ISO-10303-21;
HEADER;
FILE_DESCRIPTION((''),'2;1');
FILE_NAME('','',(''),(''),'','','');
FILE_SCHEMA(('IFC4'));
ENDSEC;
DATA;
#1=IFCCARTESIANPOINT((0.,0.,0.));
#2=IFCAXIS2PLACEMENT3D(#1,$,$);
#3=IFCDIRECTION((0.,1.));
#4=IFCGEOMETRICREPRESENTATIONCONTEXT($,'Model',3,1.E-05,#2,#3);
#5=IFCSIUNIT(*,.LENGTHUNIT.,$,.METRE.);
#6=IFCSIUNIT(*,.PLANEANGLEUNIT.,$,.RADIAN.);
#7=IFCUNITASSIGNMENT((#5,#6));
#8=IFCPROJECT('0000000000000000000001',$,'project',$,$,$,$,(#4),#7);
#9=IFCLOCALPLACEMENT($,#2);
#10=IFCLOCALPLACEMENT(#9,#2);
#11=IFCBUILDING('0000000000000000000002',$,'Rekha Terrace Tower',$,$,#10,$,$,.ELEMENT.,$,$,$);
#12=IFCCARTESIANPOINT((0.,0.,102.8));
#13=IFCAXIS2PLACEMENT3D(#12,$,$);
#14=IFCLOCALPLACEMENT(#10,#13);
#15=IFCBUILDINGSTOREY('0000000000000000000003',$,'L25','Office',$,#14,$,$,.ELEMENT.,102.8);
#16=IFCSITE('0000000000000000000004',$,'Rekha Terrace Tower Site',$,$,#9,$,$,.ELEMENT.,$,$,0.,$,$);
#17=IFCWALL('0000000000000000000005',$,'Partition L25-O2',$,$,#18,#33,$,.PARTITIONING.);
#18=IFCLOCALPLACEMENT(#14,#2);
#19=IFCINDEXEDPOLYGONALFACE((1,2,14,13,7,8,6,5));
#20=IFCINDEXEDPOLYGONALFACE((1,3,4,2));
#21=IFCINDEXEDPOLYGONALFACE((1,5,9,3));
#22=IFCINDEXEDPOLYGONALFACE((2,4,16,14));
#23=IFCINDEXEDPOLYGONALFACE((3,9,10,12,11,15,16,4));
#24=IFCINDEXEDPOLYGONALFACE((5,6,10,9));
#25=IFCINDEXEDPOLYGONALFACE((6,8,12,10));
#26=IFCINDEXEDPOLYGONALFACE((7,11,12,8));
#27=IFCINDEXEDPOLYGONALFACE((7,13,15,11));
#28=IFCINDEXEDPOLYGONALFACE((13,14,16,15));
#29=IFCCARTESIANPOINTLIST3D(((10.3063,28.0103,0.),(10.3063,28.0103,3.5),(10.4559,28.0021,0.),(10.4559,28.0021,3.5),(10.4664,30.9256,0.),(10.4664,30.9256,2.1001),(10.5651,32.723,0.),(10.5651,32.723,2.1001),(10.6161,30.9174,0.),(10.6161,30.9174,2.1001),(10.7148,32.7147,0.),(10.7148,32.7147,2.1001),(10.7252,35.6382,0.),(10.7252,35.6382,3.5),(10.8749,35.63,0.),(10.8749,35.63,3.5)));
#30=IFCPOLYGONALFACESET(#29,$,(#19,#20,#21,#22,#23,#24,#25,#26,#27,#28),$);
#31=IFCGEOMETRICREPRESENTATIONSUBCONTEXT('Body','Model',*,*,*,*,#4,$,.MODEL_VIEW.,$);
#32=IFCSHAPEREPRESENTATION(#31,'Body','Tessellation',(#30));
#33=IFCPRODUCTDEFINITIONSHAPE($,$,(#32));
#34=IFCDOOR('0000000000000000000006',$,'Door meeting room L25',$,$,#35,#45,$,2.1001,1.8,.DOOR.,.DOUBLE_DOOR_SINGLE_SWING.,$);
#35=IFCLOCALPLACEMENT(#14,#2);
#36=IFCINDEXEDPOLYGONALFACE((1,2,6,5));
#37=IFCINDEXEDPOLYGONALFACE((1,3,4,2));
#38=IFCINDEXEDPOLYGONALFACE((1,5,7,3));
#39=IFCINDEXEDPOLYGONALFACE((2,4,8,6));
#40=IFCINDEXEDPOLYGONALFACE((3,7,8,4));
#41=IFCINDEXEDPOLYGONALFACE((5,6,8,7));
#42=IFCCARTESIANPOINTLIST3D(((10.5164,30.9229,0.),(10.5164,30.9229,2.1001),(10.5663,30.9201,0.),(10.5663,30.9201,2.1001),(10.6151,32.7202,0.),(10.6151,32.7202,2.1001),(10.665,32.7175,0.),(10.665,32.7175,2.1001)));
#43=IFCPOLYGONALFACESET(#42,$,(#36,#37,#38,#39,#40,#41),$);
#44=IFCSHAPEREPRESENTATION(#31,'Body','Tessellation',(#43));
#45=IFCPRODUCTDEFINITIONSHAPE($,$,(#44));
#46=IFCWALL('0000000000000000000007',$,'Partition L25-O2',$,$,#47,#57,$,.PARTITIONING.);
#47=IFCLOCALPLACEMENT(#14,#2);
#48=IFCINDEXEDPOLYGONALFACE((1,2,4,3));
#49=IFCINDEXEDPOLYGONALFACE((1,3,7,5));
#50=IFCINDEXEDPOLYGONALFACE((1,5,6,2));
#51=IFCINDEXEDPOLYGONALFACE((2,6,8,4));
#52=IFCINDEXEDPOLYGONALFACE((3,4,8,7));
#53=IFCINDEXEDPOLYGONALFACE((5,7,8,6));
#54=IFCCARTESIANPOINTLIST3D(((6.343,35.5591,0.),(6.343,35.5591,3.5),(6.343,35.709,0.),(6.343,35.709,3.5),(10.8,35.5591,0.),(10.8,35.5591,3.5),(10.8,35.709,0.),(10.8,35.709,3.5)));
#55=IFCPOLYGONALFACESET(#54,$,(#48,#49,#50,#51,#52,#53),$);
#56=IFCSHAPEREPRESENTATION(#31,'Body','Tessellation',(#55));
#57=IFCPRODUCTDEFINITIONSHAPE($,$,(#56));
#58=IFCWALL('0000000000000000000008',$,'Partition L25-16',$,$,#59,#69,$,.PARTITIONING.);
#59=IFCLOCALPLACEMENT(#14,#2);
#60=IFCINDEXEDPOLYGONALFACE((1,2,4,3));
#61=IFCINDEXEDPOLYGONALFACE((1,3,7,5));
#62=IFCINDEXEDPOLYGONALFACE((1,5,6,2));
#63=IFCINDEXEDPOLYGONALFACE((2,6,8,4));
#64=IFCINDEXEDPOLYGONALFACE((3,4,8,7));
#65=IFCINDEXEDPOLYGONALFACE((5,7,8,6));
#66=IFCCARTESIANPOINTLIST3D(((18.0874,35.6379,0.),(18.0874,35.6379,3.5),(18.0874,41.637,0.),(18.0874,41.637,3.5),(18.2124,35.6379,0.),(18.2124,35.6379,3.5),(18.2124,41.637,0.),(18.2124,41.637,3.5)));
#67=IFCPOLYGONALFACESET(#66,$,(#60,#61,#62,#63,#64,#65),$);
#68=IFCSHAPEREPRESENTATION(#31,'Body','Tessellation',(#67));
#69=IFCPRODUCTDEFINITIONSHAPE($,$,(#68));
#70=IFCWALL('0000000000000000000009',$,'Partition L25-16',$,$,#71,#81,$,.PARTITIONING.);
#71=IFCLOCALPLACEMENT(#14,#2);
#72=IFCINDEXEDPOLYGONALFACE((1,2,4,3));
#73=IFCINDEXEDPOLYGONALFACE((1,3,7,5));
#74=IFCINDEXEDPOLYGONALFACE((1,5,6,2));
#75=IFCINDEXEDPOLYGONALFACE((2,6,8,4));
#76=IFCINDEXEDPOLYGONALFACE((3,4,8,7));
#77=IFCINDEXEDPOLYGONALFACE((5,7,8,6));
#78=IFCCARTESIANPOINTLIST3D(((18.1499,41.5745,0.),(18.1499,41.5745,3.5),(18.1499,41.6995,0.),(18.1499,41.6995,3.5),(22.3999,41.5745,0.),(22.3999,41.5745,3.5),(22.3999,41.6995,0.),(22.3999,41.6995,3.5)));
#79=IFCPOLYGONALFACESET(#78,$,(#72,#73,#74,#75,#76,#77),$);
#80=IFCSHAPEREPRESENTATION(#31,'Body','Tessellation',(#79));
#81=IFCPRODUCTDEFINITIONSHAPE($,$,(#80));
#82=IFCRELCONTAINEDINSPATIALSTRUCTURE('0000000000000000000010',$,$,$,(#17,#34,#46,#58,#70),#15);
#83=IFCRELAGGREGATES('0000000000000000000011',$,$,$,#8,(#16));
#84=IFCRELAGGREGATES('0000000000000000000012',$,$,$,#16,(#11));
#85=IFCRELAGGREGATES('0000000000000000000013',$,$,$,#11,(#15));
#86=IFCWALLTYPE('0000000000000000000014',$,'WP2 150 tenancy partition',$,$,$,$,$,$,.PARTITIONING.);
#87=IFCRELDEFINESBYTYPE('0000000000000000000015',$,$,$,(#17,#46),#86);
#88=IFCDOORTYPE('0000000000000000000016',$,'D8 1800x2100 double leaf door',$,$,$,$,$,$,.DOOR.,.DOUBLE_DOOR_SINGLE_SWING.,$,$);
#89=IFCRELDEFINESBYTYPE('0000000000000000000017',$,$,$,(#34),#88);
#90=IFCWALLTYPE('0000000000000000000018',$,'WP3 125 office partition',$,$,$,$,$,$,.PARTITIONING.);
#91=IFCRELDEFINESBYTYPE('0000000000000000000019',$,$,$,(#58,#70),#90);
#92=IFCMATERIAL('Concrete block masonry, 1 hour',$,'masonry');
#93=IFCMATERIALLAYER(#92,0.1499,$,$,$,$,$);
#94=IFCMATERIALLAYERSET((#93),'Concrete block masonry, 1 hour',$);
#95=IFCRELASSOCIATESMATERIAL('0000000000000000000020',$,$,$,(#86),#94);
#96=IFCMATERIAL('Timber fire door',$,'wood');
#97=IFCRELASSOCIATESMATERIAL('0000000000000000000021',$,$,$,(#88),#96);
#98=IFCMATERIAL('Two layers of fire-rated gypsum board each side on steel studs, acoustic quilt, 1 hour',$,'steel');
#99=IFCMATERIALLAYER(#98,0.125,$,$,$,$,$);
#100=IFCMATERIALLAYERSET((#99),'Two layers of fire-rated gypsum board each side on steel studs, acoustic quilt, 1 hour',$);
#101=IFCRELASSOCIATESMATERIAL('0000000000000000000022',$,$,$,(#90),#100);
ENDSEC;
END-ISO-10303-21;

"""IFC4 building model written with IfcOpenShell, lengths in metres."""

from ifc_helpers import new_model, si_unit, direction, frame, frame_2d, origin, place, context, subcontext, project, spatial, rectangle, extrude, material, layer, layer_set, type_object, element, fill, save


model = new_model("IFC4")

# Units and contexts
model_context = context("Model", 3, precision=1e-05, world=origin(), true_north=direction((0.0, 1.0)))
body_context = subcontext(model_context, "Body", "Model", "MODEL_VIEW")
ifc_project = project(units=[si_unit("LENGTHUNIT", "METRE"), si_unit("PLANEANGLEUNIT", "RADIAN")], contexts=[model_context])

# Site, building, storey
site_placement = place(None, origin())
site = spatial("IfcSite", under=ifc_project, at=site_placement, Name="Rekha Terrace Tower Site", CompositionType="ELEMENT", RefElevation=0.0)
building_placement = place(site_placement, origin())
building = spatial("IfcBuilding", under=site, at=building_placement, Name="Rekha Terrace Tower", CompositionType="ELEMENT")
storey_placement = place(building_placement, frame((0.0, 0.0, 102.8)))
storey = spatial("IfcBuildingStorey", under=building, at=storey_placement, Name="L25", Description="Office", CompositionType="ELEMENT", Elevation=102.8)

# Shared definitions
ifc_material_1 = material(Name="Concrete block masonry, 1 hour", Category="masonry")
ifc_layer_1 = layer(ifc_material_1, 0.1499)
ifc_layer_set_1 = layer_set([ifc_layer_1], Name="Concrete block masonry, 1 hour")
wall_type_1 = type_object("IfcWallType", Name="WP2 150 tenancy partition", PredefinedType="PARTITIONING", material=ifc_layer_set_1)

# Wall, opening, door
wall_1_placement = place(storey_placement, frame((10.3811, 28.0061, 0.0), z_axis=(0.0, 0.0, 1.0), x_axis=(0.05484, 0.998495, 0.0)))
wall_1 = element("IfcWall", 1, at=wall_1_placement, inside=storey, type_object=wall_type_1, Name="Partition L25-O2", PredefinedType="PARTITIONING", context=body_context, shape_type="SweptSolid", body=[
    extrude(rectangle(XDim=7.6394, YDim=0.1499, at=frame_2d((3.8198, 0.0))), origin(), (0.0, 0.0, 1.0), 3.5),
])
opening_placement = place(wall_1_placement, frame((2.9199, 0.0, 0.0)))
opening = element("IfcOpeningElement", 2, at=opening_placement, cuts=wall_1, PredefinedType="OPENING", context=body_context, shape_type="SweptSolid", body=[
    extrude(rectangle(XDim=1.8, YDim=2.1001, at=frame_2d((0.8999, 1.05))), frame((0.0, 0.085, 0.0), z_axis=(0.0, -1.0, 0.0), x_axis=(1.0, 0.0, 0.0)), (0.0, 0.0, 1.0), 0.1699),
])
ifc_material_2 = material(Name="Timber fire door", Category="wood")
door_type = type_object("IfcDoorType", Name="D8 1800x2100 double leaf door", OperationType="DOUBLE_DOOR_SINGLE_SWING", PredefinedType="DOOR", material=ifc_material_2)
door_placement = place(opening_placement, origin())
door = element("IfcDoor", 3, at=door_placement, inside=storey, type_object=door_type, Name="Door meeting room L25", OperationType="DOUBLE_DOOR_SINGLE_SWING", OverallHeight=2.1001, OverallWidth=1.8, PredefinedType="DOOR", context=body_context, shape_type="SweptSolid", body=[
    extrude(rectangle(XDim=1.8, YDim=2.1001, at=frame_2d((0.8999, 1.05))), frame((0.0, 0.0249, 0.0), z_axis=(0.0, -1.0, 0.0), x_axis=(1.0, 0.0, 0.0)), (0.0, 0.0, 1.0), 0.05),
])
fill(opening, door)

# Walls
wall_2_placement = place(storey_placement, frame((10.8, 35.634, 0.0), z_axis=(0.0, 0.0, 1.0), x_axis=(-1.0, 0.0, 0.0)))
element("IfcWall", 4, at=wall_2_placement, inside=storey, type_object=wall_type_1, Name="Partition L25-O2", PredefinedType="PARTITIONING", context=body_context, shape_type="SweptSolid", body=[
    extrude(rectangle(XDim=4.457, YDim=0.1499, at=frame_2d((2.2285, 0.0))), origin(), (0.0, 0.0, 1.0), 3.5),
])
ifc_material_3 = material(Name="Two layers of fire-rated gypsum board each side on steel studs, acoustic quilt, 1 hour", Category="steel")
ifc_layer_2 = layer(ifc_material_3, 0.125)
ifc_layer_set_2 = layer_set([ifc_layer_2], Name="Two layers of fire-rated gypsum board each side on steel studs, acoustic quilt, 1 hour")
wall_type_2 = type_object("IfcWallType", Name="WP3 125 office partition", PredefinedType="PARTITIONING", material=ifc_layer_set_2)
wall_3_placement = place(storey_placement, frame((18.1499, 35.6379, 0.0), z_axis=(0.0, 0.0, 1.0), x_axis=(0.0, 1.0, 0.0)))
element("IfcWall", 5, at=wall_3_placement, inside=storey, type_object=wall_type_2, Name="Partition L25-16", PredefinedType="PARTITIONING", context=body_context, shape_type="SweptSolid", body=[
    extrude(rectangle(XDim=5.999, YDim=0.125, at=frame_2d((2.9995, 0.0))), origin(), (0.0, 0.0, 1.0), 3.5),
])
wall_4_placement = place(storey_placement, frame((18.1499, 41.637, 0.0), z_axis=(0.0, 0.0, 1.0), x_axis=(1.0, 0.0, 0.0)))
element("IfcWall", 6, at=wall_4_placement, inside=storey, type_object=wall_type_2, Name="Partition L25-16", PredefinedType="PARTITIONING", context=body_context, shape_type="SweptSolid", body=[
    extrude(rectangle(XDim=4.25, YDim=0.125, at=frame_2d((2.125, 0.0))), origin(), (0.0, 0.0, 1.0), 3.5),
])

save(model, "model.ifc")
